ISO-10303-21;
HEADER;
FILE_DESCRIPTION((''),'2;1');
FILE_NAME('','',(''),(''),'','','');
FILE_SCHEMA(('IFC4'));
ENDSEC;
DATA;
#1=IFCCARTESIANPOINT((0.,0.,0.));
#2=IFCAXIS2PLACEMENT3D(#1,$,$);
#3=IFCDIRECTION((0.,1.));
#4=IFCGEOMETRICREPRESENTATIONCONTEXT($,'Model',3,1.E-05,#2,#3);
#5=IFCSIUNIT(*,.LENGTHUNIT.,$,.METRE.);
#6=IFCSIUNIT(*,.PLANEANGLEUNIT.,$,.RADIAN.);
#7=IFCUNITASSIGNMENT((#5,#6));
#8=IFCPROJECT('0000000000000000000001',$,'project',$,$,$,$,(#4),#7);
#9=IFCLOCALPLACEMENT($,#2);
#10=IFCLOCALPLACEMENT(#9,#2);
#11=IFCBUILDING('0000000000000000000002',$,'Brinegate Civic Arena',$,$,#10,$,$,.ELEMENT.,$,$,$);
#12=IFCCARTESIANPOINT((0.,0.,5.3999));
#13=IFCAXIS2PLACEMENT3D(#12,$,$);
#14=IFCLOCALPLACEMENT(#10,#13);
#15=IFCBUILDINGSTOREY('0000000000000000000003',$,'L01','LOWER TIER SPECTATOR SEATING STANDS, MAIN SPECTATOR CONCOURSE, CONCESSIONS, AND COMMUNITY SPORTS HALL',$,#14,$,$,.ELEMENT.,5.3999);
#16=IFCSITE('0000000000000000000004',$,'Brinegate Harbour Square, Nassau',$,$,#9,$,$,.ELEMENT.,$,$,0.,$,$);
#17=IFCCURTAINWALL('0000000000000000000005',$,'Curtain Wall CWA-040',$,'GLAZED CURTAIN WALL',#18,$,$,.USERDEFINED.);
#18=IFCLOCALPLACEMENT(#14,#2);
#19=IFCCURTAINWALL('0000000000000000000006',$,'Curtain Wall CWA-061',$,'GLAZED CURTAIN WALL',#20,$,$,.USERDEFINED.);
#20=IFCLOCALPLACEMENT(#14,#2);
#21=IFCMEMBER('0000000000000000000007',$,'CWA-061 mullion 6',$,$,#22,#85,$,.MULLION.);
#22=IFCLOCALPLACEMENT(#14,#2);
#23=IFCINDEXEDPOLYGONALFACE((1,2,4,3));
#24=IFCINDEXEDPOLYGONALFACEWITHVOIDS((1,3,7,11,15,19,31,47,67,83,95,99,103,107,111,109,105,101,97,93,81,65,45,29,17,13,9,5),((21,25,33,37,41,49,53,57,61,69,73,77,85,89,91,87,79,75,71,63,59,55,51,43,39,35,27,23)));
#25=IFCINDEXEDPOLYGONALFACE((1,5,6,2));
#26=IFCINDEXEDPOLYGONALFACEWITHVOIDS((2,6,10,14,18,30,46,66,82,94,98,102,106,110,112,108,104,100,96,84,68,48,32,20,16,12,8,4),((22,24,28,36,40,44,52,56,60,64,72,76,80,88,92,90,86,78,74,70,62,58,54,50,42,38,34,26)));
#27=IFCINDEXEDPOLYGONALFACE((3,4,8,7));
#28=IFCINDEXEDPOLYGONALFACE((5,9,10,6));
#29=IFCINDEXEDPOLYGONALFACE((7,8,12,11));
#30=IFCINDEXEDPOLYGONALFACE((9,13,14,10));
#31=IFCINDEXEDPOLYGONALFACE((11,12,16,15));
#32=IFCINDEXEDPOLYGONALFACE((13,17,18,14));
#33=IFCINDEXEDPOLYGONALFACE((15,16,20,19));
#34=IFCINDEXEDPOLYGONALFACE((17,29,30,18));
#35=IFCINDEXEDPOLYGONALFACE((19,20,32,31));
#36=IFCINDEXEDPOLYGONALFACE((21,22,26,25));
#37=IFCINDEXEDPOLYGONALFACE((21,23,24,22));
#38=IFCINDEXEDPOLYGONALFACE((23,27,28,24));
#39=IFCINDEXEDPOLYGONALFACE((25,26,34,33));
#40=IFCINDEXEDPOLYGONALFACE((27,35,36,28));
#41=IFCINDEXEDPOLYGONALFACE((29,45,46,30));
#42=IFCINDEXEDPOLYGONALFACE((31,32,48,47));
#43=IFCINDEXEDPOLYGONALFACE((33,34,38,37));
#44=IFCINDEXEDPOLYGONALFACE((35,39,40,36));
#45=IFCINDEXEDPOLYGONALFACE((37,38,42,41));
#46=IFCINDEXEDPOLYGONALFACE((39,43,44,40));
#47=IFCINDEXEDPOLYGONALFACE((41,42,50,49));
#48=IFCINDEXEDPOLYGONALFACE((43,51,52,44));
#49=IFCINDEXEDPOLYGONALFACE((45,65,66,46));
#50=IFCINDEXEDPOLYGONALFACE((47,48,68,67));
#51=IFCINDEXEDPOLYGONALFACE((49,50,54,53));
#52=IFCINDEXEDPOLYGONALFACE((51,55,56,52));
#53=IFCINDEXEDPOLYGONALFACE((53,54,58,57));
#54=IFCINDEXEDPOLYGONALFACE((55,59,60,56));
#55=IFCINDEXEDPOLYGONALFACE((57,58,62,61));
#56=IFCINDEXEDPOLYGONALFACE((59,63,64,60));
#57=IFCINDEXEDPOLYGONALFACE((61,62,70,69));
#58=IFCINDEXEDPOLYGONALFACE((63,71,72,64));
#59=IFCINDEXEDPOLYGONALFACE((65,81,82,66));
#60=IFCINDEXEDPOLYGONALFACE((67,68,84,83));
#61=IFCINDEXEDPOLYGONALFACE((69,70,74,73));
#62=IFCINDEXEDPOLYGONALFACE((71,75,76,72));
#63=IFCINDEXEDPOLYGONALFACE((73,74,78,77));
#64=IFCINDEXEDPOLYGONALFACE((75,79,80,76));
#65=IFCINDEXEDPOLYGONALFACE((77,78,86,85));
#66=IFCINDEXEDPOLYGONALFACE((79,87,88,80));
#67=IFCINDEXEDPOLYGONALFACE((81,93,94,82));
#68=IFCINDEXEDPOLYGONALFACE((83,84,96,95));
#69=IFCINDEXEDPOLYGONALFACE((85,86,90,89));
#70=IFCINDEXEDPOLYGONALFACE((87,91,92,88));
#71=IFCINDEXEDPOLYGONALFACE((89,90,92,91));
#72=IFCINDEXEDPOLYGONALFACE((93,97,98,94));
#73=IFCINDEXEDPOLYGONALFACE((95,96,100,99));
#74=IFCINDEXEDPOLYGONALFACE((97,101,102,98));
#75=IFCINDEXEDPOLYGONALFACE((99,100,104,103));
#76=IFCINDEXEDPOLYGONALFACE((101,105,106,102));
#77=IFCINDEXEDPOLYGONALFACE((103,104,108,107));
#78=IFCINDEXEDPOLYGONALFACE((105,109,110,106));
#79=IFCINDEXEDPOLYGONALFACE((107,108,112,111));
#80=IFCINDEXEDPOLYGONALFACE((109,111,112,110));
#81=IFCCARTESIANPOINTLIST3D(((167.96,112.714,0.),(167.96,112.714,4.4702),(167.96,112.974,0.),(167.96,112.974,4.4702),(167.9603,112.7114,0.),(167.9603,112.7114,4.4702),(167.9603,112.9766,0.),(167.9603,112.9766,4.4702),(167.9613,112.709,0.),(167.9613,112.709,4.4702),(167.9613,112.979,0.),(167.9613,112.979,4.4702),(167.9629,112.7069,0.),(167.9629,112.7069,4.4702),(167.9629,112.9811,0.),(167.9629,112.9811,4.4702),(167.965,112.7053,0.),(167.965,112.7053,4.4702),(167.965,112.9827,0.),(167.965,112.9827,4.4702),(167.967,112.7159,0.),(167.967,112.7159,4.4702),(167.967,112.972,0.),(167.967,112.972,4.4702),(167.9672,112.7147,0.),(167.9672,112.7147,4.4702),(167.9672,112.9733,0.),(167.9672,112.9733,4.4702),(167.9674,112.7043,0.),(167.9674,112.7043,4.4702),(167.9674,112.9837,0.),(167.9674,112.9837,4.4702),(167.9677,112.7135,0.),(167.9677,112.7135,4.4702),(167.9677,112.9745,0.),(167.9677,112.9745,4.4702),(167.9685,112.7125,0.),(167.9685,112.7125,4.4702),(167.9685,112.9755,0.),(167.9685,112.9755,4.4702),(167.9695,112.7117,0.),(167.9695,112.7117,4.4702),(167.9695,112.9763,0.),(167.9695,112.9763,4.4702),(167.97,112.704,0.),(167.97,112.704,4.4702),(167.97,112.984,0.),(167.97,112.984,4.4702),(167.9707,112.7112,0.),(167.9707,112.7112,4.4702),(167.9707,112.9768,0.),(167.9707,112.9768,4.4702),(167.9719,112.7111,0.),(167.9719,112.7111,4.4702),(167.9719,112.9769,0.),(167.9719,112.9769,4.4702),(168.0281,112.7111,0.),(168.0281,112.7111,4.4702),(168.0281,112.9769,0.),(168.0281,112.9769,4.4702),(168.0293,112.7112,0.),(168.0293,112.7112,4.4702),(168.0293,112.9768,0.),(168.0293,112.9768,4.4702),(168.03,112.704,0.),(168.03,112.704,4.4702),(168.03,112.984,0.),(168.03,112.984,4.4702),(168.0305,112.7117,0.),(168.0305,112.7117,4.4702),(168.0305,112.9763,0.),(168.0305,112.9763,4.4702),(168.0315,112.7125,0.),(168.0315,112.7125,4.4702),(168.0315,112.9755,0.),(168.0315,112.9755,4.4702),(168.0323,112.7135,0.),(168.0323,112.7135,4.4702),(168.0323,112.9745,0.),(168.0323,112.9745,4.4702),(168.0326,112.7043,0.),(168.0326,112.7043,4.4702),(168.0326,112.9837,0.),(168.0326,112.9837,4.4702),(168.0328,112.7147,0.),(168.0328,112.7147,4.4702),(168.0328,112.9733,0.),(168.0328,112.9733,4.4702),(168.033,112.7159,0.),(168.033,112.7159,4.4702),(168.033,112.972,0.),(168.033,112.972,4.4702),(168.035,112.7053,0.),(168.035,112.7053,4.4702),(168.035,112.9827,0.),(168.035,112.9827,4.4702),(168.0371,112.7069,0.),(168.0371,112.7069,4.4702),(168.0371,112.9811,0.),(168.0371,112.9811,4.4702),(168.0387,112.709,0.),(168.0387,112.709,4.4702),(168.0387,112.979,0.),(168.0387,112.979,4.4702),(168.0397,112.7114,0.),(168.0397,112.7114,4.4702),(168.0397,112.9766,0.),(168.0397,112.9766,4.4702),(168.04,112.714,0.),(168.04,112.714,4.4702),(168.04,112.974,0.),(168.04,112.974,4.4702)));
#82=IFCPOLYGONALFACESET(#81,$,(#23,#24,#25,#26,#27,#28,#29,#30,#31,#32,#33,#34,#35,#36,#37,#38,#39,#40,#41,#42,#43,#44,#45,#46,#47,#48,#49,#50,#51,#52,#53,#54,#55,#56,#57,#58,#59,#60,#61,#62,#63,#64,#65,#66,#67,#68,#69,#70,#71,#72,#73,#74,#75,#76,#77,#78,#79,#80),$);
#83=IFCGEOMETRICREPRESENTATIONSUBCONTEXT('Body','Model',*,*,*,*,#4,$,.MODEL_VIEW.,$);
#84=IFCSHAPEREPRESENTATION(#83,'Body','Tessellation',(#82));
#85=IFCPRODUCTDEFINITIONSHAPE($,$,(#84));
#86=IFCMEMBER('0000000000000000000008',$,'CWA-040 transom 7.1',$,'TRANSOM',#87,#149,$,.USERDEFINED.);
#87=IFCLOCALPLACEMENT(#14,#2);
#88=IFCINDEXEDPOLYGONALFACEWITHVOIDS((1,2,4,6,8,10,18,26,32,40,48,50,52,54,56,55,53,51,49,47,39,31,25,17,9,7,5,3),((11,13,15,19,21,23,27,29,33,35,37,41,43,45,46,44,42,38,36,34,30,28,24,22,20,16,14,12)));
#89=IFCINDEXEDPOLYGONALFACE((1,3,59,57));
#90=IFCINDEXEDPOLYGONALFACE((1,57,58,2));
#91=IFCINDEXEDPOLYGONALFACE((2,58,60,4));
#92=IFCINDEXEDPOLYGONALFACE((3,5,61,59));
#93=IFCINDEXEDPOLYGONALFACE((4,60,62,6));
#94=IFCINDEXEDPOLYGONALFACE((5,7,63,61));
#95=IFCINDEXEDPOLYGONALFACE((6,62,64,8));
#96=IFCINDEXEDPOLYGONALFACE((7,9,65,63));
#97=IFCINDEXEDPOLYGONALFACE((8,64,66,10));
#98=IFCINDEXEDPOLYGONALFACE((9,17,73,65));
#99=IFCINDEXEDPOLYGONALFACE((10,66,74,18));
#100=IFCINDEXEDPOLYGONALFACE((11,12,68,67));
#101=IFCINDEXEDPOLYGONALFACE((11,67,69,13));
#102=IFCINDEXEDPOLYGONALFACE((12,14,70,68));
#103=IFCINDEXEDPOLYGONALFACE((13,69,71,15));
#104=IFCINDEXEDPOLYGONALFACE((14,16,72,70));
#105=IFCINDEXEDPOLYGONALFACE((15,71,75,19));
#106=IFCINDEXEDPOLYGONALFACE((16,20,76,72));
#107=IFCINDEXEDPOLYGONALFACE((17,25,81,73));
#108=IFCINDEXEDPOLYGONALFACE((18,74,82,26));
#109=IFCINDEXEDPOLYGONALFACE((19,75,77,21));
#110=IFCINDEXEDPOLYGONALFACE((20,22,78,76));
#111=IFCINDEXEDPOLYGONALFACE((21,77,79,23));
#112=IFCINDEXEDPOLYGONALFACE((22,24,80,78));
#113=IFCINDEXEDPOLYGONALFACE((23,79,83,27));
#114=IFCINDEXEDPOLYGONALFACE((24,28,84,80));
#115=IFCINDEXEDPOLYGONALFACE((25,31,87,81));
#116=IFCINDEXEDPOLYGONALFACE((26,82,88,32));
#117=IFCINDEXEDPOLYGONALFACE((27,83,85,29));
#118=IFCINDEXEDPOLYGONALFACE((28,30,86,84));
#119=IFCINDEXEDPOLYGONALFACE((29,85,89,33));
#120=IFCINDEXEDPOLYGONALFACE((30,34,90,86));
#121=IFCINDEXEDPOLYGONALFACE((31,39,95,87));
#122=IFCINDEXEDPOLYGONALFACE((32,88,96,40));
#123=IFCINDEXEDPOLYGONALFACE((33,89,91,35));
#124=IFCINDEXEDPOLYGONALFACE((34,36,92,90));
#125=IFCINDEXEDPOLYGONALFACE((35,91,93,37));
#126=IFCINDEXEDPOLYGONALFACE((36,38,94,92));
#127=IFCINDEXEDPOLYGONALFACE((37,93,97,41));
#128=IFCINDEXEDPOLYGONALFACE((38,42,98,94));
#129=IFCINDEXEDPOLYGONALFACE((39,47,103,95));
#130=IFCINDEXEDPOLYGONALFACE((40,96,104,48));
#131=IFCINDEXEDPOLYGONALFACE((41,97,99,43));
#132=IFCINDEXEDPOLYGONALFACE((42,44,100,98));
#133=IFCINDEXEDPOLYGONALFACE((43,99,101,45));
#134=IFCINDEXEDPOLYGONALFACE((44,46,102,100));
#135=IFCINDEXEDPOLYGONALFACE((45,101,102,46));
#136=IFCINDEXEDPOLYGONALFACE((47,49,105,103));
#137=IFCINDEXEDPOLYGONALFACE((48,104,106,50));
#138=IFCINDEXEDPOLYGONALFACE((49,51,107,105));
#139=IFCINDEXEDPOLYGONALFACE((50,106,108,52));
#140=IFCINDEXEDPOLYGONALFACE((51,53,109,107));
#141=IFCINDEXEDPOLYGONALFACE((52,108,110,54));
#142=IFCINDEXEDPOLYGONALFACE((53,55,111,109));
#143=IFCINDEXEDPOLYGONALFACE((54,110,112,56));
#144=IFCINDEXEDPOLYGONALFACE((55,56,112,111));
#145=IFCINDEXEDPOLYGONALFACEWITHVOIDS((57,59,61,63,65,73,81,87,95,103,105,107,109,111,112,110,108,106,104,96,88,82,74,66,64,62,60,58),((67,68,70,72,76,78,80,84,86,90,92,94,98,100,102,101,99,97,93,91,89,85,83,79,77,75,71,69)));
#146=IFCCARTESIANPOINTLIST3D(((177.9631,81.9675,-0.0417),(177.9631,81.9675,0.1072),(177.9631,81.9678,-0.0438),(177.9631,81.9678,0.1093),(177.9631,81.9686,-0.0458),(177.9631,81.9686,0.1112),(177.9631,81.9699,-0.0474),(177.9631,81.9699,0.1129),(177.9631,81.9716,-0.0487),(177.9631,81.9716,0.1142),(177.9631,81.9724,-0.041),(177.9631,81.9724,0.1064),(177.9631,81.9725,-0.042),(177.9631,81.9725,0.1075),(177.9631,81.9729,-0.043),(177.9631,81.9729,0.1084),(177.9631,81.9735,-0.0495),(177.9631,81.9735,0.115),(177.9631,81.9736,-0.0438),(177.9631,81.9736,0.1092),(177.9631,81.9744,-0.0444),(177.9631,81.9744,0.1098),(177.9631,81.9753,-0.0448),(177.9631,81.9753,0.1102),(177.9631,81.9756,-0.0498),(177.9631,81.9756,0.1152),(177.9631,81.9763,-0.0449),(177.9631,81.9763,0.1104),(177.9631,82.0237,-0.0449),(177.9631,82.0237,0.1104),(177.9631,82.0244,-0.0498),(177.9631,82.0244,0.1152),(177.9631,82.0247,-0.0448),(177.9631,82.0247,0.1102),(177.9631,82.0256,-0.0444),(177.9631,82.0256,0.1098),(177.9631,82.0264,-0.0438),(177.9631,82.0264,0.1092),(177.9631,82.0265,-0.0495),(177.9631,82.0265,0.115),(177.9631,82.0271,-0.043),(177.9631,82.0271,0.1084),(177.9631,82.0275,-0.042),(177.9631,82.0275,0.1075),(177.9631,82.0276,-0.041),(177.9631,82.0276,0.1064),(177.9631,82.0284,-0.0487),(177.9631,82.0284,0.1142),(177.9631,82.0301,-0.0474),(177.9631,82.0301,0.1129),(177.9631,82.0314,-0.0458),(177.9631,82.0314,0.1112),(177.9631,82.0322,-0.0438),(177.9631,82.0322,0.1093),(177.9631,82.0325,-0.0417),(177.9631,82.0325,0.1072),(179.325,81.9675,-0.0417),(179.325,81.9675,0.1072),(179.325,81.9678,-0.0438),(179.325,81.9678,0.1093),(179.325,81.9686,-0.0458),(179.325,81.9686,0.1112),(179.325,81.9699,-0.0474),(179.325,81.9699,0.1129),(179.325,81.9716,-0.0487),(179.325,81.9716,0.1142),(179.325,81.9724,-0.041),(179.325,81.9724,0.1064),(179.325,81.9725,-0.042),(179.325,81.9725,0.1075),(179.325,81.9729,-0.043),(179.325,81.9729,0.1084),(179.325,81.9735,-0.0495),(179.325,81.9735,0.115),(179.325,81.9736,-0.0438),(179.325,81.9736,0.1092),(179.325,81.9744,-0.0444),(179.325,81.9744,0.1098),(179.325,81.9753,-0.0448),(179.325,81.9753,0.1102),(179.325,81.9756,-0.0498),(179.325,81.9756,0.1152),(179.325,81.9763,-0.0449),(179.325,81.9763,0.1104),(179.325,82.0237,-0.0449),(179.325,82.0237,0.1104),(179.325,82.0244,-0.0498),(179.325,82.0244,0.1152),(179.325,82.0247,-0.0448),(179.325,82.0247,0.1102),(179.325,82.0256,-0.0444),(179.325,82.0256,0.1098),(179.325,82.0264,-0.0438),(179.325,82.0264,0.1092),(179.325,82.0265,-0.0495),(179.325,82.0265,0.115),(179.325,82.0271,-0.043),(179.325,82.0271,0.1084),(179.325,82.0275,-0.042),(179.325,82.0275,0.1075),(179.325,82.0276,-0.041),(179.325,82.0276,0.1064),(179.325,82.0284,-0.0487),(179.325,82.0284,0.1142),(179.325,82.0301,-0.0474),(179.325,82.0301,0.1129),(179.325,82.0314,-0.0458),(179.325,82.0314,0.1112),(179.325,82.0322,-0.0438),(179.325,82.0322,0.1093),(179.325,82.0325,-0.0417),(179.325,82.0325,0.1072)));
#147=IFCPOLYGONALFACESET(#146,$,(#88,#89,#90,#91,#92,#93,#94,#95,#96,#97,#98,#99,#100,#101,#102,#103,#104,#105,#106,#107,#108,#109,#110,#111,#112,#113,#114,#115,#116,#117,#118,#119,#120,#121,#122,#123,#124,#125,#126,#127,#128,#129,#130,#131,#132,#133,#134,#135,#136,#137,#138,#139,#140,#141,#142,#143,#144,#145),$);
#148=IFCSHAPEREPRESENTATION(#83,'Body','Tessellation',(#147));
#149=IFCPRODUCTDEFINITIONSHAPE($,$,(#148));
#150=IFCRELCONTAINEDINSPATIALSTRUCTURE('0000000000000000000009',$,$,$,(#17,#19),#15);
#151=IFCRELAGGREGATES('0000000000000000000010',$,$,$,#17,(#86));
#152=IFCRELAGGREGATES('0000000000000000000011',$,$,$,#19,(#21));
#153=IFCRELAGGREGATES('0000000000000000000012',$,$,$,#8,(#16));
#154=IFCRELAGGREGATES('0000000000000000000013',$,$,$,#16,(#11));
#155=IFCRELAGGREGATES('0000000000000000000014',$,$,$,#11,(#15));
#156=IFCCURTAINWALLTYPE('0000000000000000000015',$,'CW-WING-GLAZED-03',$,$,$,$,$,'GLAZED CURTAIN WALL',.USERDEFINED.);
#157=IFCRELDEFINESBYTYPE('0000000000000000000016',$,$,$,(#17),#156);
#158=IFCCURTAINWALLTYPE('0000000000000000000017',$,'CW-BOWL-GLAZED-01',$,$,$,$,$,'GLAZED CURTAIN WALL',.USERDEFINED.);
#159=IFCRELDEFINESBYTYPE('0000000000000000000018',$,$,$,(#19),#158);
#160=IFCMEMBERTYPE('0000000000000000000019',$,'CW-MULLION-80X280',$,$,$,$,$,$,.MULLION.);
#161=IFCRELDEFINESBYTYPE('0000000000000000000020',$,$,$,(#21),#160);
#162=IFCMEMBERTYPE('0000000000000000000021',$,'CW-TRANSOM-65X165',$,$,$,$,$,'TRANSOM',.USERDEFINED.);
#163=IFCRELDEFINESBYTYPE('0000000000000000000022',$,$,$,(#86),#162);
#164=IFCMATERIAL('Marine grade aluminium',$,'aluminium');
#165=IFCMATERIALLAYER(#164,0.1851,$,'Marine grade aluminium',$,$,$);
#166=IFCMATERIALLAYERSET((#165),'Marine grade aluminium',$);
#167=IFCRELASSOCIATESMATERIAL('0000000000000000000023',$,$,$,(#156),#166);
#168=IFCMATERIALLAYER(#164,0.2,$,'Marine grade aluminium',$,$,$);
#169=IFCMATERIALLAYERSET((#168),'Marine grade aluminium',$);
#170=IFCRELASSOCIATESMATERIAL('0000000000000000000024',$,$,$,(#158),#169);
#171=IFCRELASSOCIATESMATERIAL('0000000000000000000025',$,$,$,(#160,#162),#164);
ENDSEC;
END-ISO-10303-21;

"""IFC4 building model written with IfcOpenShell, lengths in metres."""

from ifc_helpers import new_model, si_unit, direction, frame, origin, origin_2d, place, context, subcontext, project, spatial, hollow_rectangle, extrude, material, layer, layer_set, material_profile, profile_set, type_object, element, aggregate, save


model = new_model("IFC4")

# Units and contexts
model_context = context("Model", 3, precision=1e-05, world=origin(), true_north=direction((0.0, 1.0)))
body_context = subcontext(model_context, "Body", "Model", "MODEL_VIEW")
ifc_project = project(units=[si_unit("LENGTHUNIT", "METRE"), si_unit("PLANEANGLEUNIT", "RADIAN")], contexts=[model_context])

# Site, building, storey
site_placement = place(None, origin())
site = spatial("IfcSite", under=ifc_project, at=site_placement, Name="Brinegate Harbour Square, Nassau", CompositionType="ELEMENT", RefElevation=0.0)
building_placement = place(site_placement, origin())
building = spatial("IfcBuilding", under=site, at=building_placement, Name="Brinegate Civic Arena", CompositionType="ELEMENT")
storey_placement = place(building_placement, frame((0.0, 0.0, 5.3999)))
storey = spatial("IfcBuildingStorey", under=building, at=storey_placement, Name="L01", Description="LOWER TIER SPECTATOR SEATING STANDS, MAIN SPECTATOR CONCOURSE, CONCESSIONS, AND COMMUNITY SPORTS HALL", CompositionType="ELEMENT", Elevation=5.3999)

# Curtain walls, member
ifc_material_1 = material(Name="Marine grade aluminium", Category="aluminium")
ifc_layer_1 = layer(ifc_material_1, 0.1851, Name="Marine grade aluminium")
ifc_layer_set_1 = layer_set([ifc_layer_1], Name="Marine grade aluminium")
curtain_wall_type_1 = type_object("IfcCurtainWallType", Name="CW-WING-GLAZED-03", ElementType="GLAZED CURTAIN WALL", PredefinedType="USERDEFINED", material=ifc_layer_set_1)
curtain_wall_1_placement = place(storey_placement, origin())
curtain_wall_1 = element("IfcCurtainWall", 1, at=curtain_wall_1_placement, inside=storey, type_object=curtain_wall_type_1, Name="Curtain Wall CWA-040", ObjectType="GLAZED CURTAIN WALL", PredefinedType="USERDEFINED")
ifc_layer_2 = layer(ifc_material_1, 0.2, Name="Marine grade aluminium")
ifc_layer_set_2 = layer_set([ifc_layer_2], Name="Marine grade aluminium")
curtain_wall_type_2 = type_object("IfcCurtainWallType", Name="CW-BOWL-GLAZED-01", ElementType="GLAZED CURTAIN WALL", PredefinedType="USERDEFINED", material=ifc_layer_set_2)
curtain_wall_2_placement = place(storey_placement, origin())
curtain_wall_2 = element("IfcCurtainWall", 2, at=curtain_wall_2_placement, inside=storey, type_object=curtain_wall_type_2, Name="Curtain Wall CWA-061", ObjectType="GLAZED CURTAIN WALL", PredefinedType="USERDEFINED")
ifc_material_profile_1 = material_profile(ifc_material_1, hollow_rectangle(XDim=0.0801, YDim=0.28, WallThickness=0.0071, InnerFilletRadius=0.0049, OuterFilletRadius=0.01, at=origin_2d()), Name="MUL80X280")
ifc_profile_set_1 = profile_set([ifc_material_profile_1], Name="Marine grade aluminium")
member_type_1 = type_object("IfcMemberType", Name="CW-MULLION-80X280", PredefinedType="MULLION", material=ifc_profile_set_1)
member_1_placement = place(storey_placement, frame((168.0, 112.844, 0.0), z_axis=(0.0, 0.0, 1.0), x_axis=(-1.0, 0.0, 0.0)))
member_1 = element("IfcMember", 3, at=member_1_placement, type_object=member_type_1, Name="CWA-061 mullion 6", PredefinedType="MULLION", context=body_context, shape_type="SweptSolid", body=[
    extrude(hollow_rectangle(XDim=0.0801, YDim=0.28, WallThickness=0.0071, InnerFilletRadius=0.0049, OuterFilletRadius=0.01, at=origin_2d()), origin(), (0.0, 0.0, 1.0), 4.4702),
])

# Member
ifc_material_profile_2 = material_profile(ifc_material_1, hollow_rectangle(XDim=0.0649, YDim=0.165, WallThickness=0.0049, InnerFilletRadius=0.0039, OuterFilletRadius=0.0081, at=origin_2d()), Name="TRN65X165")
ifc_profile_set_2 = profile_set([ifc_material_profile_2], Name="Marine grade aluminium")
member_type_2 = type_object("IfcMemberType", Name="CW-TRANSOM-65X165", ElementType="TRANSOM", PredefinedType="USERDEFINED", material=ifc_profile_set_2)
member_2_placement = place(storey_placement, frame((177.9631, 82.0, 0.0327), z_axis=(1.0, 0.0, 0.0), x_axis=(0.0, 1.0, 0.0)))
member_2 = element("IfcMember", 4, at=member_2_placement, type_object=member_type_2, Name="CWA-040 transom 7.1", ObjectType="TRANSOM", PredefinedType="USERDEFINED", context=body_context, shape_type="SweptSolid", body=[
    extrude(hollow_rectangle(XDim=0.0649, YDim=0.165, WallThickness=0.0049, InnerFilletRadius=0.0039, OuterFilletRadius=0.0081, at=origin_2d()), origin(), (0.0, 0.0, 1.0), 1.3618),
])

aggregate(curtain_wall_1, [member_2])
aggregate(curtain_wall_2, [member_1])

save(model, "model.ifc")
